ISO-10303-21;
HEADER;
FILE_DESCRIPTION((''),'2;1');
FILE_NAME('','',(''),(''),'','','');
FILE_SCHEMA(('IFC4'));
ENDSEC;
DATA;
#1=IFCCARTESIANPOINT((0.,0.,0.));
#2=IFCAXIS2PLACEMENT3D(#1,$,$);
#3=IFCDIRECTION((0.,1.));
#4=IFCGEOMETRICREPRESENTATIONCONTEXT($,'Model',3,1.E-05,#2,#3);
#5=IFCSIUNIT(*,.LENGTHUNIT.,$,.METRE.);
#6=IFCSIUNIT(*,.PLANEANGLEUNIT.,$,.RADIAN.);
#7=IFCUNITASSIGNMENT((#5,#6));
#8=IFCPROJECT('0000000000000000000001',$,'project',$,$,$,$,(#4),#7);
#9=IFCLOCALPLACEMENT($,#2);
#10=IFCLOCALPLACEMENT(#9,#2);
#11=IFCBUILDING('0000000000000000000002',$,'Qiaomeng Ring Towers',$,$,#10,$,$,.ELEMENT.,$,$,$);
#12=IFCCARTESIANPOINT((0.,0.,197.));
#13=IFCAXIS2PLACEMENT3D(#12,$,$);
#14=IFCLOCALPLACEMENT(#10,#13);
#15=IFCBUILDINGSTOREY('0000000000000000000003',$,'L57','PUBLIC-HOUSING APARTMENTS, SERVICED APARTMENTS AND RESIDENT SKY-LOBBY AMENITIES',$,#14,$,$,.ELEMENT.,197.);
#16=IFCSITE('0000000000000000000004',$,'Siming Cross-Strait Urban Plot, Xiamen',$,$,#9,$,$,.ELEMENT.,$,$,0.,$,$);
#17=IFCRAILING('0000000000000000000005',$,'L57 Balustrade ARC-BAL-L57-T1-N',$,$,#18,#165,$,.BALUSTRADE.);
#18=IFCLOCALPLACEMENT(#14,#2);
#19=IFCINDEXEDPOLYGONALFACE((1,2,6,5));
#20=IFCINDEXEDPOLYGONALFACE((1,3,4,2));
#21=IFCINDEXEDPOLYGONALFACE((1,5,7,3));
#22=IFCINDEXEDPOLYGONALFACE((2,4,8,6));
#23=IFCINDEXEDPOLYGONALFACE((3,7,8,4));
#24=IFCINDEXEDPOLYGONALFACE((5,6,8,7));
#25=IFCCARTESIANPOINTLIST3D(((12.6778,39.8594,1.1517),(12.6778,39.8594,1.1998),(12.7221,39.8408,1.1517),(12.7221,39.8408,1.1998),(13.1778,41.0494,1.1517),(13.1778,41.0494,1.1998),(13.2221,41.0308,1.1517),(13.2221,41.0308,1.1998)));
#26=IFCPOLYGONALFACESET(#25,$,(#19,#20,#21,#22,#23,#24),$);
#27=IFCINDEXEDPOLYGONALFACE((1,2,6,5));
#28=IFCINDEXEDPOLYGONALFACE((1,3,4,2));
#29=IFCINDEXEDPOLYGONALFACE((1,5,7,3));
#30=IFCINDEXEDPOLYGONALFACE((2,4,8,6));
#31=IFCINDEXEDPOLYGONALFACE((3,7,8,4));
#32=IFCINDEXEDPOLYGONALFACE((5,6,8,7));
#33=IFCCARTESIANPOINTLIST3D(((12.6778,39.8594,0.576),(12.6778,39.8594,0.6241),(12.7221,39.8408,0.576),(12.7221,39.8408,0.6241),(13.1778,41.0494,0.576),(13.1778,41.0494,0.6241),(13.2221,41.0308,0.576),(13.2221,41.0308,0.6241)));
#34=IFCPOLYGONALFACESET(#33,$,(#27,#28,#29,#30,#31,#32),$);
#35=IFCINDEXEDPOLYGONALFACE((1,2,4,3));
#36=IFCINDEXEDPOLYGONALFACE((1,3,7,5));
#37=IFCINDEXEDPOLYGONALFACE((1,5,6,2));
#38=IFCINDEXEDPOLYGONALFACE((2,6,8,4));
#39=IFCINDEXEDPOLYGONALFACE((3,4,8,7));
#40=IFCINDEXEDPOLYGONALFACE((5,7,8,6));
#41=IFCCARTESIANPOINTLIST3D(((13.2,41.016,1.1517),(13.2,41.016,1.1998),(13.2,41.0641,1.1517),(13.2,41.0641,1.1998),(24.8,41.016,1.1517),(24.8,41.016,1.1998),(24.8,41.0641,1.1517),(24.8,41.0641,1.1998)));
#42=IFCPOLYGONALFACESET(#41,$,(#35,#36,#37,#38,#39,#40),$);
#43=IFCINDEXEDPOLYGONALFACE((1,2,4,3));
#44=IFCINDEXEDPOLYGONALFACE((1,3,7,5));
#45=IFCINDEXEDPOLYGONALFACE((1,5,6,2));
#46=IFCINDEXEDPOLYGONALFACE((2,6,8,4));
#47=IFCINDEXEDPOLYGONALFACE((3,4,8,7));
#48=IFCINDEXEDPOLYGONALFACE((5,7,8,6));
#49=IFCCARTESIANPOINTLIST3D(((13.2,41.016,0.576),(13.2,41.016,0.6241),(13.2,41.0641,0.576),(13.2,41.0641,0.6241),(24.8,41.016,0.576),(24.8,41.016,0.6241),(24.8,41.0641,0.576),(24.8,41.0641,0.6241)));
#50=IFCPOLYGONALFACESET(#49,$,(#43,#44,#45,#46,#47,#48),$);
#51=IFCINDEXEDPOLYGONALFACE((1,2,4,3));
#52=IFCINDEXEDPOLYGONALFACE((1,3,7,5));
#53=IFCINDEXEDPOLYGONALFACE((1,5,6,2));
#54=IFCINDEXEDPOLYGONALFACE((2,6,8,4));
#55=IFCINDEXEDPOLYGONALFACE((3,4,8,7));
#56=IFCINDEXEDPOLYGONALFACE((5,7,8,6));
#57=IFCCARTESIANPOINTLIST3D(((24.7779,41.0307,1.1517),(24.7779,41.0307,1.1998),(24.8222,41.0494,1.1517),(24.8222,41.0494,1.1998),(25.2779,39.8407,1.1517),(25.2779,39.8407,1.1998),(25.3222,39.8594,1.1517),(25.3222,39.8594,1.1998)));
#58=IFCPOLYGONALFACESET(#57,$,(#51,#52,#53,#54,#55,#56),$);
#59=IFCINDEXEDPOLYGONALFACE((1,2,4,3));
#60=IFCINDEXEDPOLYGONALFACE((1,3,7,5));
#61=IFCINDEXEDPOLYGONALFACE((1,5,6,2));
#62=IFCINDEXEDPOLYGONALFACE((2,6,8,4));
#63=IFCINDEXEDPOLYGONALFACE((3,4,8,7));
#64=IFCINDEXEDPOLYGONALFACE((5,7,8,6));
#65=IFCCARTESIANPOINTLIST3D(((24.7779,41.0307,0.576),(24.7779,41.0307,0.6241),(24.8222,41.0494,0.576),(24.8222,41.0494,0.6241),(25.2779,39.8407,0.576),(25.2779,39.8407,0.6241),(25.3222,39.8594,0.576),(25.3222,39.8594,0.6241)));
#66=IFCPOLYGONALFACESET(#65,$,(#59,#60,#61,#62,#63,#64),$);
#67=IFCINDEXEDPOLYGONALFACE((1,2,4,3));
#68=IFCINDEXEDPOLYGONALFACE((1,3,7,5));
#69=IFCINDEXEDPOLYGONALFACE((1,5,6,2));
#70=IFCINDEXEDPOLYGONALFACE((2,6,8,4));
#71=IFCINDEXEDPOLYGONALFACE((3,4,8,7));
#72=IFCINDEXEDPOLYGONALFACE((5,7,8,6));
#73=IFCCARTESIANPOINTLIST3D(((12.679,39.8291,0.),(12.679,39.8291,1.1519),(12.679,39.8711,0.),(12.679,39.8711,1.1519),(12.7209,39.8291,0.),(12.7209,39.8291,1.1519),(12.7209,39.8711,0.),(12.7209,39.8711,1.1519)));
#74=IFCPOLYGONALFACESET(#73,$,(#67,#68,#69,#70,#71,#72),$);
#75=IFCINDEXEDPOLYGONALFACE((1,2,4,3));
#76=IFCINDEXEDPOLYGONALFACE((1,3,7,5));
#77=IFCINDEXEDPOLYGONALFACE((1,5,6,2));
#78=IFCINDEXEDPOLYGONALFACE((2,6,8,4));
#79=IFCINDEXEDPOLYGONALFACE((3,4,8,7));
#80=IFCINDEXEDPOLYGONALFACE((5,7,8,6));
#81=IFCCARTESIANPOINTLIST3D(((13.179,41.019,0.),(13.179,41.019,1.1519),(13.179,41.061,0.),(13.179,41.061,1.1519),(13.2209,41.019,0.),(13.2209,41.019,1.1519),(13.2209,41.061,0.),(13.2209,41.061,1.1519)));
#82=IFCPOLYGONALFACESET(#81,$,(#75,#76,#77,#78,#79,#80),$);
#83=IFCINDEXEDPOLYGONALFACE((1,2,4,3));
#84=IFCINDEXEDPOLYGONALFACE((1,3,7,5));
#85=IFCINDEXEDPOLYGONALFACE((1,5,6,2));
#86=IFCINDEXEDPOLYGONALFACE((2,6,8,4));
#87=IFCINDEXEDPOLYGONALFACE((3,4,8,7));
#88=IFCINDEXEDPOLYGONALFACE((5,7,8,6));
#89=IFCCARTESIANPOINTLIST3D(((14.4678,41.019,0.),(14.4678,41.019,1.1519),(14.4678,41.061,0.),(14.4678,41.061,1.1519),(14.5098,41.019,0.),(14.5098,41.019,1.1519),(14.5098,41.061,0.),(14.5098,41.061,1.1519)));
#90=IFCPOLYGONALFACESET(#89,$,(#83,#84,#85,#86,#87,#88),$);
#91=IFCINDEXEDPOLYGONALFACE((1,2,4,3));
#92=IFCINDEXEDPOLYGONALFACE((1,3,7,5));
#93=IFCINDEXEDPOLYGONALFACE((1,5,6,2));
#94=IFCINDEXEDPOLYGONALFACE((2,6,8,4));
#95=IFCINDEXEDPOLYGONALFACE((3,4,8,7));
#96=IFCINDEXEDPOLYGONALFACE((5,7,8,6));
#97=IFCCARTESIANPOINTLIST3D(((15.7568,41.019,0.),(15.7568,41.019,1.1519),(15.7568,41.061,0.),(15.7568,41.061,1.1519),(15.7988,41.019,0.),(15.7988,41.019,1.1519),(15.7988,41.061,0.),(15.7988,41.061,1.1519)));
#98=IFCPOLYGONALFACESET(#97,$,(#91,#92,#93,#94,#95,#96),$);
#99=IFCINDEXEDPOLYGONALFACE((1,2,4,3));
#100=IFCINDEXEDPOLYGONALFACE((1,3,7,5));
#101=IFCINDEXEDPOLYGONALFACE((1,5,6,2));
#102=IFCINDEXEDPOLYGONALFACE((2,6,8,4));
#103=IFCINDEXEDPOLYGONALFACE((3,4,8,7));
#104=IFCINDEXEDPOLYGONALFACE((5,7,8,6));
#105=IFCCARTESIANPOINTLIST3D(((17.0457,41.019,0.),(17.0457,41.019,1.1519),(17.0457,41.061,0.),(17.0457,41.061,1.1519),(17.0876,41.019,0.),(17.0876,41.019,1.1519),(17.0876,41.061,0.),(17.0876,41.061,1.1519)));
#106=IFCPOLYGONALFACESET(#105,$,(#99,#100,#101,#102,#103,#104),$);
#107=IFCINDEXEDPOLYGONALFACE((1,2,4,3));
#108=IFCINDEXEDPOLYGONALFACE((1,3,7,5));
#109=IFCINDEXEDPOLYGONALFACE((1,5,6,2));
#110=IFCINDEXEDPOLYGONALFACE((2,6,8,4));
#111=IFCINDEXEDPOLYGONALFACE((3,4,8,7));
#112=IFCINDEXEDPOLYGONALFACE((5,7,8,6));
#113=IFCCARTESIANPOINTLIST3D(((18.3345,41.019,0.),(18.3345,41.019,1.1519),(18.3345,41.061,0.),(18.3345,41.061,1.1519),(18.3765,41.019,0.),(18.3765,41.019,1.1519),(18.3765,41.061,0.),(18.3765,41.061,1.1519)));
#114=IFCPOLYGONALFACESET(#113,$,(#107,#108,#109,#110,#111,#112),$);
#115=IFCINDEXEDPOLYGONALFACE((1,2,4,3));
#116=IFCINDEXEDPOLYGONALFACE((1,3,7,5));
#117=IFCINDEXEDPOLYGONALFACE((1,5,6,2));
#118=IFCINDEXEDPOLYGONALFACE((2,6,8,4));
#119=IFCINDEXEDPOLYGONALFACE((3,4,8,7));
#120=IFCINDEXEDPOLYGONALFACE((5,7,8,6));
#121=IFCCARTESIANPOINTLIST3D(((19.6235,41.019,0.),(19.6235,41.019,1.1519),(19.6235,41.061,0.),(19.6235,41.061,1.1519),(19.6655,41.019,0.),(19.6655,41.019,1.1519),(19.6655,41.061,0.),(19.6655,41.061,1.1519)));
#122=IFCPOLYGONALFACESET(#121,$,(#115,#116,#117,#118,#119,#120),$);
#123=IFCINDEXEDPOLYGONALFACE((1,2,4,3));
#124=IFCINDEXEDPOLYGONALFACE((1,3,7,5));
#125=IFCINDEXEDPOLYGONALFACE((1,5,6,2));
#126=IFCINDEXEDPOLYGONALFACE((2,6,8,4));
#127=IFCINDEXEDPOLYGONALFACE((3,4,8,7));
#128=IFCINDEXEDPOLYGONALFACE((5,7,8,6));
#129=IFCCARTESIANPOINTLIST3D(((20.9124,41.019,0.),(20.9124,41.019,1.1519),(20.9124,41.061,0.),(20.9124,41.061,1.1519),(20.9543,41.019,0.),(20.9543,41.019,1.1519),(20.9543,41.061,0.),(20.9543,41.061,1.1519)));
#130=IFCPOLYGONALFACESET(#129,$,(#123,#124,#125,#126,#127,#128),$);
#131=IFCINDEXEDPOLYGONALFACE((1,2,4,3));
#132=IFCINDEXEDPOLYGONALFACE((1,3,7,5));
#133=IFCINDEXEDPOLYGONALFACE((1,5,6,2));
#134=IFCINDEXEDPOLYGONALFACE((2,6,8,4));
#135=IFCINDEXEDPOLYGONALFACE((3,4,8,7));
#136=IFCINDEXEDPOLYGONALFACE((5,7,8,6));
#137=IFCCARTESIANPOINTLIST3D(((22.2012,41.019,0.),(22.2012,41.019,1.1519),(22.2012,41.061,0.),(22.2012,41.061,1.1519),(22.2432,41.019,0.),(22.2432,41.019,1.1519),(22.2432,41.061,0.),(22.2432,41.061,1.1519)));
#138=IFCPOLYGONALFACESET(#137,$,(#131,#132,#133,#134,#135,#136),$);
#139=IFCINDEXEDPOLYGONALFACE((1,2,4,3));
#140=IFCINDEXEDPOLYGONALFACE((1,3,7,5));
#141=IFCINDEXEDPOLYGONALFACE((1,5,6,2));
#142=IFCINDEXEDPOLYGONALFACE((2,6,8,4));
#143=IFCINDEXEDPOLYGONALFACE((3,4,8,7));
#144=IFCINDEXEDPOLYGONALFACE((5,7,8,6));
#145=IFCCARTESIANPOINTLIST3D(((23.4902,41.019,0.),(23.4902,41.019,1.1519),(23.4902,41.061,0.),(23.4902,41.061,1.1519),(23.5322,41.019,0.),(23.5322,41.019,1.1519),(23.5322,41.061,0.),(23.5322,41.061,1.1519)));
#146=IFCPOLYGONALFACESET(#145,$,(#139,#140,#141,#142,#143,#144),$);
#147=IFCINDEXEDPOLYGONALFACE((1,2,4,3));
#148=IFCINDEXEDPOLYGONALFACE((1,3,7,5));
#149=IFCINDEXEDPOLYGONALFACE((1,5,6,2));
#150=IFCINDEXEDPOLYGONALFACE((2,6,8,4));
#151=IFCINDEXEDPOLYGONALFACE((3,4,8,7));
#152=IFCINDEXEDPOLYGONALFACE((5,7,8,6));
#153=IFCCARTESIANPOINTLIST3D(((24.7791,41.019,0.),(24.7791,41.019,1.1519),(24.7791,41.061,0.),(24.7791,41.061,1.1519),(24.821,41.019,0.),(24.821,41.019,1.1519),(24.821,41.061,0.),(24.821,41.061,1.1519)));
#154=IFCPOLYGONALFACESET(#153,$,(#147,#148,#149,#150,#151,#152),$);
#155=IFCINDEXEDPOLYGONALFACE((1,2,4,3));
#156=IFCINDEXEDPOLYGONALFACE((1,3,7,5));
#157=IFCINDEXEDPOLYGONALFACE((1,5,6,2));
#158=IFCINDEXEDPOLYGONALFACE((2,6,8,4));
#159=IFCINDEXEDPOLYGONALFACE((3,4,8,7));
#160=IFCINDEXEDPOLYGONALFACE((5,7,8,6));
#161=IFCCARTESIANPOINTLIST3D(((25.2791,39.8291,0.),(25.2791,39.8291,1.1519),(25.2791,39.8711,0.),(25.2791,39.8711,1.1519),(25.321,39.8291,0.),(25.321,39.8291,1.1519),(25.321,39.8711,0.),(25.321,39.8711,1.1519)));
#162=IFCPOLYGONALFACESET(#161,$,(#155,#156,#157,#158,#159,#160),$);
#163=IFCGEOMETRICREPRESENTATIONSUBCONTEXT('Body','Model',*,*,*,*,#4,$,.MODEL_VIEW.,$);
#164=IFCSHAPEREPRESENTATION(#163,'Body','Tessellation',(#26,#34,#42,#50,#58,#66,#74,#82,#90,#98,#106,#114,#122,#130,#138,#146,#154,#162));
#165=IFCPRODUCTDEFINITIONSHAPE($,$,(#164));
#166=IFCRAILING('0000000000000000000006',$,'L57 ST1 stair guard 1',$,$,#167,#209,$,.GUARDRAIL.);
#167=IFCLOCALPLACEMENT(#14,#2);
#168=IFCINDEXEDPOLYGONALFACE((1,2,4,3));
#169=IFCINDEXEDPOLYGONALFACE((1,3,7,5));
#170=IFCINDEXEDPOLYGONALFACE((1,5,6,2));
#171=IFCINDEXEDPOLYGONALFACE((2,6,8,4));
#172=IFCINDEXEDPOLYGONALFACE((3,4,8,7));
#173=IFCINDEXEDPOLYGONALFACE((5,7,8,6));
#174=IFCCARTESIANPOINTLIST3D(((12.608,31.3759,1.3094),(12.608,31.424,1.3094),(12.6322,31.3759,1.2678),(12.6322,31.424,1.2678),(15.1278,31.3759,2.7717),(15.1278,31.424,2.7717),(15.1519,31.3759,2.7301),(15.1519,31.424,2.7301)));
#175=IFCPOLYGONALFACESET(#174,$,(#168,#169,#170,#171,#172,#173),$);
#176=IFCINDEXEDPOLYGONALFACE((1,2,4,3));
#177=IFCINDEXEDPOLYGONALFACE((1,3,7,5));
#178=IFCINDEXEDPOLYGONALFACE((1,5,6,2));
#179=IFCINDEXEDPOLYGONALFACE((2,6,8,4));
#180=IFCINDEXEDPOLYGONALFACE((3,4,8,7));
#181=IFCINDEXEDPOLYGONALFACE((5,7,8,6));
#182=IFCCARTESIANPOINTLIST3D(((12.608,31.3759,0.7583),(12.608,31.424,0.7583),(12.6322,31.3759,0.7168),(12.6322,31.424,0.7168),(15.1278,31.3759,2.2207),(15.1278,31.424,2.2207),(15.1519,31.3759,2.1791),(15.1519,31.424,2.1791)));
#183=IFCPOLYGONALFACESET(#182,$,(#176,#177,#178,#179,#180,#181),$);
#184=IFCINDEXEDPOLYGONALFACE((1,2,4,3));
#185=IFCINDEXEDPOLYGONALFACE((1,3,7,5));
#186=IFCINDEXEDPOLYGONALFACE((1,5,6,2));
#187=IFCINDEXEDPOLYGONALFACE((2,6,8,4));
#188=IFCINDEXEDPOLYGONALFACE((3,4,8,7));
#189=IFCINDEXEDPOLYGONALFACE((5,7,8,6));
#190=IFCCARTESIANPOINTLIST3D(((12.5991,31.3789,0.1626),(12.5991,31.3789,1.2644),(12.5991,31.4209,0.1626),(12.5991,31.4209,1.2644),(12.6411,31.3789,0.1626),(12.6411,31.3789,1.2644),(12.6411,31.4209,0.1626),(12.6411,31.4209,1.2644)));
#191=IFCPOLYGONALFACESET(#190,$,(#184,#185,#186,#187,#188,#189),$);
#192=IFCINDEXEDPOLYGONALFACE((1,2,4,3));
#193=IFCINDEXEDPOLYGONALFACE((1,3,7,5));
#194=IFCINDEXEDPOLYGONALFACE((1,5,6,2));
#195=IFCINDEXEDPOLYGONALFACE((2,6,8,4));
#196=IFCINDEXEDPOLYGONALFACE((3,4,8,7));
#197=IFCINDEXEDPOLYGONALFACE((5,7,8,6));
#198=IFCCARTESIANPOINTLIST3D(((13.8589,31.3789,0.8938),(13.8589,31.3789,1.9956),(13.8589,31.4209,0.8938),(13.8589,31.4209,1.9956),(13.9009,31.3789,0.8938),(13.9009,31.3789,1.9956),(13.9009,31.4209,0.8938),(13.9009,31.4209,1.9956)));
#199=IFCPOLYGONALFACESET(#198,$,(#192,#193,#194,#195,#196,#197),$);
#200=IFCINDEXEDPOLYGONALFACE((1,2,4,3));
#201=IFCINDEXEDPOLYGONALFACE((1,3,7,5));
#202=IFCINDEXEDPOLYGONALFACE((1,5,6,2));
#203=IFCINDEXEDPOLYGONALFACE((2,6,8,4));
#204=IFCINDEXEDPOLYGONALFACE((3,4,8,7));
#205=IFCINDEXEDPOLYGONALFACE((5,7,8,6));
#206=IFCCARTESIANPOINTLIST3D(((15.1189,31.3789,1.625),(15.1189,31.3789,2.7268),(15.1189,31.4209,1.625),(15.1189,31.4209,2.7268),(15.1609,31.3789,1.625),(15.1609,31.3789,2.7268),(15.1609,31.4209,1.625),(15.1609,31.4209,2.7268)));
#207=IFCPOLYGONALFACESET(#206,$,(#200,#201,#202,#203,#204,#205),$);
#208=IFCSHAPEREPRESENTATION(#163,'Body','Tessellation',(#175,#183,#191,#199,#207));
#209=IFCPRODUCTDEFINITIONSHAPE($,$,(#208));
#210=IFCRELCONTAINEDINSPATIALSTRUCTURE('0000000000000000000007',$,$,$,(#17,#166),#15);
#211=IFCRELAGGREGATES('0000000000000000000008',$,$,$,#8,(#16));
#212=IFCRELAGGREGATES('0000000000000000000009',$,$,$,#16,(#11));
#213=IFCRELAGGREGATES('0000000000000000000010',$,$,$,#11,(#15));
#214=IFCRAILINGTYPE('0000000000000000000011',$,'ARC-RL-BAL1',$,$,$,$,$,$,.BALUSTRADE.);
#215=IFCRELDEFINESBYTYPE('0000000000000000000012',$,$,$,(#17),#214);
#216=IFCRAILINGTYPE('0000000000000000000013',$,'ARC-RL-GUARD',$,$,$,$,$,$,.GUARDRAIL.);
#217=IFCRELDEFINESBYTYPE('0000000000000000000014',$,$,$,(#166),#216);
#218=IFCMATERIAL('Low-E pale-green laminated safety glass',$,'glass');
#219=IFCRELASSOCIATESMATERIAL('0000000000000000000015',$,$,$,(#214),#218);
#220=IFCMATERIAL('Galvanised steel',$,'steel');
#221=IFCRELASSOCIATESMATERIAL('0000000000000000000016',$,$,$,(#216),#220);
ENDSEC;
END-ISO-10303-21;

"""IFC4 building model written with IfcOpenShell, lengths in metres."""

from ifc_helpers import new_model, si_unit, direction, frame, origin, origin_2d, place, context, subcontext, project, spatial, rectangle, extrude, material, type_object, element, save


model = new_model("IFC4")

# Units and contexts
model_context = context("Model", 3, precision=1e-05, world=origin(), true_north=direction((0.0, 1.0)))
body_context = subcontext(model_context, "Body", "Model", "MODEL_VIEW")
ifc_project = project(units=[si_unit("LENGTHUNIT", "METRE"), si_unit("PLANEANGLEUNIT", "RADIAN")], contexts=[model_context])

# Site, building, storey
site_placement = place(None, origin())
site = spatial("IfcSite", under=ifc_project, at=site_placement, Name="Siming Cross-Strait Urban Plot, Xiamen", CompositionType="ELEMENT", RefElevation=0.0)
building_placement = place(site_placement, origin())
building = spatial("IfcBuilding", under=site, at=building_placement, Name="Qiaomeng Ring Towers", CompositionType="ELEMENT")
storey_placement = place(building_placement, frame((0.0, 0.0, 197.0)))
storey = spatial("IfcBuildingStorey", under=building, at=storey_placement, Name="L57", Description="PUBLIC-HOUSING APARTMENTS, SERVICED APARTMENTS AND RESIDENT SKY-LOBBY AMENITIES", CompositionType="ELEMENT", Elevation=197.0)

# Shared definitions
ifc_material_1 = material(Name="Galvanised steel", Category="steel")

# Railings
ifc_material_2 = material(Name="Low-E pale-green laminated safety glass", Category="glass")
railing_type_1 = type_object("IfcRailingType", Name="ARC-RL-BAL1", PredefinedType="BALUSTRADE", material=ifc_material_2)
railing_1_placement = place(storey_placement, frame((12.7, 39.8501, 0.0)))
element("IfcRailing", 1, at=railing_1_placement, inside=storey, type_object=railing_type_1, Name="L57 Balustrade ARC-BAL-L57-T1-N", PredefinedType="BALUSTRADE", context=body_context, shape_type="SweptSolid", body=[
    extrude(rectangle(XDim=0.0481, YDim=0.0481, at=origin_2d()), frame((0.0, 0.0, 1.1758), z_axis=(0.38738, 0.92192, 0.0), x_axis=(-0.92192, 0.38738, 0.0)), (0.0, 0.0, 1.0), 1.2908),
    extrude(rectangle(XDim=0.0481, YDim=0.0481, at=origin_2d()), frame((0.0, 0.0, 0.6001), z_axis=(0.38738, 0.92192, 0.0), x_axis=(-0.92192, 0.38738, 0.0)), (0.0, 0.0, 1.0), 1.2908),
    extrude(rectangle(XDim=0.0481, YDim=0.0481, at=origin_2d()), frame((0.5, 1.1899, 1.1758), z_axis=(1.0, 0.0, 0.0), x_axis=(0.0, 1.0, 0.0)), (0.0, 0.0, 1.0), 11.6001),
    extrude(rectangle(XDim=0.0481, YDim=0.0481, at=origin_2d()), frame((0.5, 1.1899, 0.6001), z_axis=(1.0, 0.0, 0.0), x_axis=(0.0, 1.0, 0.0)), (0.0, 0.0, 1.0), 11.6001),
    extrude(rectangle(XDim=0.0481, YDim=0.0481, at=origin_2d()), frame((12.1001, 1.1899, 1.1758), z_axis=(0.38738, -0.92192, 0.0), x_axis=(0.92192, 0.38738, 0.0)), (0.0, 0.0, 1.0), 1.2908),
    extrude(rectangle(XDim=0.0481, YDim=0.0481, at=origin_2d()), frame((12.1001, 1.1899, 0.6001), z_axis=(0.38738, -0.92192, 0.0), x_axis=(0.92192, 0.38738, 0.0)), (0.0, 0.0, 1.0), 1.2908),
    extrude(rectangle(XDim=0.042, YDim=0.042, at=origin_2d()), origin(), (0.0, 0.0, 1.0), 1.1519),
    extrude(rectangle(XDim=0.042, YDim=0.042, at=origin_2d()), frame((0.5, 1.1899, 0.0)), (0.0, 0.0, 1.0), 1.1519),
    extrude(rectangle(XDim=0.042, YDim=0.042, at=origin_2d()), frame((1.7888, 1.1899, 0.0)), (0.0, 0.0, 1.0), 1.1519),
    extrude(rectangle(XDim=0.042, YDim=0.042, at=origin_2d()), frame((3.0779, 1.1899, 0.0)), (0.0, 0.0, 1.0), 1.1519),
    extrude(rectangle(XDim=0.042, YDim=0.042, at=origin_2d()), frame((4.3667, 1.1899, 0.0)), (0.0, 0.0, 1.0), 1.1519),
    extrude(rectangle(XDim=0.042, YDim=0.042, at=origin_2d()), frame((5.6555, 1.1899, 0.0)), (0.0, 0.0, 1.0), 1.1519),
    extrude(rectangle(XDim=0.042, YDim=0.042, at=origin_2d()), frame((6.9446, 1.1899, 0.0)), (0.0, 0.0, 1.0), 1.1519),
    extrude(rectangle(XDim=0.042, YDim=0.042, at=origin_2d()), frame((8.2334, 1.1899, 0.0)), (0.0, 0.0, 1.0), 1.1519),
    extrude(rectangle(XDim=0.042, YDim=0.042, at=origin_2d()), frame((9.5222, 1.1899, 0.0)), (0.0, 0.0, 1.0), 1.1519),
    extrude(rectangle(XDim=0.042, YDim=0.042, at=origin_2d()), frame((10.8113, 1.1899, 0.0)), (0.0, 0.0, 1.0), 1.1519),
    extrude(rectangle(XDim=0.042, YDim=0.042, at=origin_2d()), frame((12.1001, 1.1899, 0.0)), (0.0, 0.0, 1.0), 1.1519),
    extrude(rectangle(XDim=0.042, YDim=0.042, at=origin_2d()), frame((12.6001, 0.0, 0.0)), (0.0, 0.0, 1.0), 1.1519),
])
railing_type_2 = type_object("IfcRailingType", Name="ARC-RL-GUARD", PredefinedType="GUARDRAIL", material=ifc_material_1)
railing_2_placement = place(storey_placement, frame((12.6201, 31.3999, 0.1626)))
element("IfcRailing", 2, at=railing_2_placement, inside=storey, type_object=railing_type_2, Name="L57 ST1 stair guard 1", PredefinedType="GUARDRAIL", context=body_context, shape_type="SweptSolid", body=[
    extrude(rectangle(XDim=0.0481, YDim=0.0481, at=origin_2d()), frame((0.0, 0.0, 1.126), z_axis=(0.864892, 0.0, 0.501958), x_axis=(0.0, 1.0, 0.0)), (0.0, 0.0, 1.0), 2.9133),
    extrude(rectangle(XDim=0.0481, YDim=0.0481, at=origin_2d()), frame((0.0, 0.0, 0.575), z_axis=(0.864892, 0.0, 0.501958), x_axis=(0.0, 1.0, 0.0)), (0.0, 0.0, 1.0), 2.9133),
    extrude(rectangle(XDim=0.042, YDim=0.042, at=origin_2d()), origin(), (0.0, 0.0, 1.0), 1.1018),
    extrude(rectangle(XDim=0.042, YDim=0.042, at=origin_2d()), frame((1.2598, 0.0, 0.7312)), (0.0, 0.0, 1.0), 1.1018),
    extrude(rectangle(XDim=0.042, YDim=0.042, at=origin_2d()), frame((2.5198, 0.0, 1.4624)), (0.0, 0.0, 1.0), 1.1018),
])

save(model, "model.ifc")
